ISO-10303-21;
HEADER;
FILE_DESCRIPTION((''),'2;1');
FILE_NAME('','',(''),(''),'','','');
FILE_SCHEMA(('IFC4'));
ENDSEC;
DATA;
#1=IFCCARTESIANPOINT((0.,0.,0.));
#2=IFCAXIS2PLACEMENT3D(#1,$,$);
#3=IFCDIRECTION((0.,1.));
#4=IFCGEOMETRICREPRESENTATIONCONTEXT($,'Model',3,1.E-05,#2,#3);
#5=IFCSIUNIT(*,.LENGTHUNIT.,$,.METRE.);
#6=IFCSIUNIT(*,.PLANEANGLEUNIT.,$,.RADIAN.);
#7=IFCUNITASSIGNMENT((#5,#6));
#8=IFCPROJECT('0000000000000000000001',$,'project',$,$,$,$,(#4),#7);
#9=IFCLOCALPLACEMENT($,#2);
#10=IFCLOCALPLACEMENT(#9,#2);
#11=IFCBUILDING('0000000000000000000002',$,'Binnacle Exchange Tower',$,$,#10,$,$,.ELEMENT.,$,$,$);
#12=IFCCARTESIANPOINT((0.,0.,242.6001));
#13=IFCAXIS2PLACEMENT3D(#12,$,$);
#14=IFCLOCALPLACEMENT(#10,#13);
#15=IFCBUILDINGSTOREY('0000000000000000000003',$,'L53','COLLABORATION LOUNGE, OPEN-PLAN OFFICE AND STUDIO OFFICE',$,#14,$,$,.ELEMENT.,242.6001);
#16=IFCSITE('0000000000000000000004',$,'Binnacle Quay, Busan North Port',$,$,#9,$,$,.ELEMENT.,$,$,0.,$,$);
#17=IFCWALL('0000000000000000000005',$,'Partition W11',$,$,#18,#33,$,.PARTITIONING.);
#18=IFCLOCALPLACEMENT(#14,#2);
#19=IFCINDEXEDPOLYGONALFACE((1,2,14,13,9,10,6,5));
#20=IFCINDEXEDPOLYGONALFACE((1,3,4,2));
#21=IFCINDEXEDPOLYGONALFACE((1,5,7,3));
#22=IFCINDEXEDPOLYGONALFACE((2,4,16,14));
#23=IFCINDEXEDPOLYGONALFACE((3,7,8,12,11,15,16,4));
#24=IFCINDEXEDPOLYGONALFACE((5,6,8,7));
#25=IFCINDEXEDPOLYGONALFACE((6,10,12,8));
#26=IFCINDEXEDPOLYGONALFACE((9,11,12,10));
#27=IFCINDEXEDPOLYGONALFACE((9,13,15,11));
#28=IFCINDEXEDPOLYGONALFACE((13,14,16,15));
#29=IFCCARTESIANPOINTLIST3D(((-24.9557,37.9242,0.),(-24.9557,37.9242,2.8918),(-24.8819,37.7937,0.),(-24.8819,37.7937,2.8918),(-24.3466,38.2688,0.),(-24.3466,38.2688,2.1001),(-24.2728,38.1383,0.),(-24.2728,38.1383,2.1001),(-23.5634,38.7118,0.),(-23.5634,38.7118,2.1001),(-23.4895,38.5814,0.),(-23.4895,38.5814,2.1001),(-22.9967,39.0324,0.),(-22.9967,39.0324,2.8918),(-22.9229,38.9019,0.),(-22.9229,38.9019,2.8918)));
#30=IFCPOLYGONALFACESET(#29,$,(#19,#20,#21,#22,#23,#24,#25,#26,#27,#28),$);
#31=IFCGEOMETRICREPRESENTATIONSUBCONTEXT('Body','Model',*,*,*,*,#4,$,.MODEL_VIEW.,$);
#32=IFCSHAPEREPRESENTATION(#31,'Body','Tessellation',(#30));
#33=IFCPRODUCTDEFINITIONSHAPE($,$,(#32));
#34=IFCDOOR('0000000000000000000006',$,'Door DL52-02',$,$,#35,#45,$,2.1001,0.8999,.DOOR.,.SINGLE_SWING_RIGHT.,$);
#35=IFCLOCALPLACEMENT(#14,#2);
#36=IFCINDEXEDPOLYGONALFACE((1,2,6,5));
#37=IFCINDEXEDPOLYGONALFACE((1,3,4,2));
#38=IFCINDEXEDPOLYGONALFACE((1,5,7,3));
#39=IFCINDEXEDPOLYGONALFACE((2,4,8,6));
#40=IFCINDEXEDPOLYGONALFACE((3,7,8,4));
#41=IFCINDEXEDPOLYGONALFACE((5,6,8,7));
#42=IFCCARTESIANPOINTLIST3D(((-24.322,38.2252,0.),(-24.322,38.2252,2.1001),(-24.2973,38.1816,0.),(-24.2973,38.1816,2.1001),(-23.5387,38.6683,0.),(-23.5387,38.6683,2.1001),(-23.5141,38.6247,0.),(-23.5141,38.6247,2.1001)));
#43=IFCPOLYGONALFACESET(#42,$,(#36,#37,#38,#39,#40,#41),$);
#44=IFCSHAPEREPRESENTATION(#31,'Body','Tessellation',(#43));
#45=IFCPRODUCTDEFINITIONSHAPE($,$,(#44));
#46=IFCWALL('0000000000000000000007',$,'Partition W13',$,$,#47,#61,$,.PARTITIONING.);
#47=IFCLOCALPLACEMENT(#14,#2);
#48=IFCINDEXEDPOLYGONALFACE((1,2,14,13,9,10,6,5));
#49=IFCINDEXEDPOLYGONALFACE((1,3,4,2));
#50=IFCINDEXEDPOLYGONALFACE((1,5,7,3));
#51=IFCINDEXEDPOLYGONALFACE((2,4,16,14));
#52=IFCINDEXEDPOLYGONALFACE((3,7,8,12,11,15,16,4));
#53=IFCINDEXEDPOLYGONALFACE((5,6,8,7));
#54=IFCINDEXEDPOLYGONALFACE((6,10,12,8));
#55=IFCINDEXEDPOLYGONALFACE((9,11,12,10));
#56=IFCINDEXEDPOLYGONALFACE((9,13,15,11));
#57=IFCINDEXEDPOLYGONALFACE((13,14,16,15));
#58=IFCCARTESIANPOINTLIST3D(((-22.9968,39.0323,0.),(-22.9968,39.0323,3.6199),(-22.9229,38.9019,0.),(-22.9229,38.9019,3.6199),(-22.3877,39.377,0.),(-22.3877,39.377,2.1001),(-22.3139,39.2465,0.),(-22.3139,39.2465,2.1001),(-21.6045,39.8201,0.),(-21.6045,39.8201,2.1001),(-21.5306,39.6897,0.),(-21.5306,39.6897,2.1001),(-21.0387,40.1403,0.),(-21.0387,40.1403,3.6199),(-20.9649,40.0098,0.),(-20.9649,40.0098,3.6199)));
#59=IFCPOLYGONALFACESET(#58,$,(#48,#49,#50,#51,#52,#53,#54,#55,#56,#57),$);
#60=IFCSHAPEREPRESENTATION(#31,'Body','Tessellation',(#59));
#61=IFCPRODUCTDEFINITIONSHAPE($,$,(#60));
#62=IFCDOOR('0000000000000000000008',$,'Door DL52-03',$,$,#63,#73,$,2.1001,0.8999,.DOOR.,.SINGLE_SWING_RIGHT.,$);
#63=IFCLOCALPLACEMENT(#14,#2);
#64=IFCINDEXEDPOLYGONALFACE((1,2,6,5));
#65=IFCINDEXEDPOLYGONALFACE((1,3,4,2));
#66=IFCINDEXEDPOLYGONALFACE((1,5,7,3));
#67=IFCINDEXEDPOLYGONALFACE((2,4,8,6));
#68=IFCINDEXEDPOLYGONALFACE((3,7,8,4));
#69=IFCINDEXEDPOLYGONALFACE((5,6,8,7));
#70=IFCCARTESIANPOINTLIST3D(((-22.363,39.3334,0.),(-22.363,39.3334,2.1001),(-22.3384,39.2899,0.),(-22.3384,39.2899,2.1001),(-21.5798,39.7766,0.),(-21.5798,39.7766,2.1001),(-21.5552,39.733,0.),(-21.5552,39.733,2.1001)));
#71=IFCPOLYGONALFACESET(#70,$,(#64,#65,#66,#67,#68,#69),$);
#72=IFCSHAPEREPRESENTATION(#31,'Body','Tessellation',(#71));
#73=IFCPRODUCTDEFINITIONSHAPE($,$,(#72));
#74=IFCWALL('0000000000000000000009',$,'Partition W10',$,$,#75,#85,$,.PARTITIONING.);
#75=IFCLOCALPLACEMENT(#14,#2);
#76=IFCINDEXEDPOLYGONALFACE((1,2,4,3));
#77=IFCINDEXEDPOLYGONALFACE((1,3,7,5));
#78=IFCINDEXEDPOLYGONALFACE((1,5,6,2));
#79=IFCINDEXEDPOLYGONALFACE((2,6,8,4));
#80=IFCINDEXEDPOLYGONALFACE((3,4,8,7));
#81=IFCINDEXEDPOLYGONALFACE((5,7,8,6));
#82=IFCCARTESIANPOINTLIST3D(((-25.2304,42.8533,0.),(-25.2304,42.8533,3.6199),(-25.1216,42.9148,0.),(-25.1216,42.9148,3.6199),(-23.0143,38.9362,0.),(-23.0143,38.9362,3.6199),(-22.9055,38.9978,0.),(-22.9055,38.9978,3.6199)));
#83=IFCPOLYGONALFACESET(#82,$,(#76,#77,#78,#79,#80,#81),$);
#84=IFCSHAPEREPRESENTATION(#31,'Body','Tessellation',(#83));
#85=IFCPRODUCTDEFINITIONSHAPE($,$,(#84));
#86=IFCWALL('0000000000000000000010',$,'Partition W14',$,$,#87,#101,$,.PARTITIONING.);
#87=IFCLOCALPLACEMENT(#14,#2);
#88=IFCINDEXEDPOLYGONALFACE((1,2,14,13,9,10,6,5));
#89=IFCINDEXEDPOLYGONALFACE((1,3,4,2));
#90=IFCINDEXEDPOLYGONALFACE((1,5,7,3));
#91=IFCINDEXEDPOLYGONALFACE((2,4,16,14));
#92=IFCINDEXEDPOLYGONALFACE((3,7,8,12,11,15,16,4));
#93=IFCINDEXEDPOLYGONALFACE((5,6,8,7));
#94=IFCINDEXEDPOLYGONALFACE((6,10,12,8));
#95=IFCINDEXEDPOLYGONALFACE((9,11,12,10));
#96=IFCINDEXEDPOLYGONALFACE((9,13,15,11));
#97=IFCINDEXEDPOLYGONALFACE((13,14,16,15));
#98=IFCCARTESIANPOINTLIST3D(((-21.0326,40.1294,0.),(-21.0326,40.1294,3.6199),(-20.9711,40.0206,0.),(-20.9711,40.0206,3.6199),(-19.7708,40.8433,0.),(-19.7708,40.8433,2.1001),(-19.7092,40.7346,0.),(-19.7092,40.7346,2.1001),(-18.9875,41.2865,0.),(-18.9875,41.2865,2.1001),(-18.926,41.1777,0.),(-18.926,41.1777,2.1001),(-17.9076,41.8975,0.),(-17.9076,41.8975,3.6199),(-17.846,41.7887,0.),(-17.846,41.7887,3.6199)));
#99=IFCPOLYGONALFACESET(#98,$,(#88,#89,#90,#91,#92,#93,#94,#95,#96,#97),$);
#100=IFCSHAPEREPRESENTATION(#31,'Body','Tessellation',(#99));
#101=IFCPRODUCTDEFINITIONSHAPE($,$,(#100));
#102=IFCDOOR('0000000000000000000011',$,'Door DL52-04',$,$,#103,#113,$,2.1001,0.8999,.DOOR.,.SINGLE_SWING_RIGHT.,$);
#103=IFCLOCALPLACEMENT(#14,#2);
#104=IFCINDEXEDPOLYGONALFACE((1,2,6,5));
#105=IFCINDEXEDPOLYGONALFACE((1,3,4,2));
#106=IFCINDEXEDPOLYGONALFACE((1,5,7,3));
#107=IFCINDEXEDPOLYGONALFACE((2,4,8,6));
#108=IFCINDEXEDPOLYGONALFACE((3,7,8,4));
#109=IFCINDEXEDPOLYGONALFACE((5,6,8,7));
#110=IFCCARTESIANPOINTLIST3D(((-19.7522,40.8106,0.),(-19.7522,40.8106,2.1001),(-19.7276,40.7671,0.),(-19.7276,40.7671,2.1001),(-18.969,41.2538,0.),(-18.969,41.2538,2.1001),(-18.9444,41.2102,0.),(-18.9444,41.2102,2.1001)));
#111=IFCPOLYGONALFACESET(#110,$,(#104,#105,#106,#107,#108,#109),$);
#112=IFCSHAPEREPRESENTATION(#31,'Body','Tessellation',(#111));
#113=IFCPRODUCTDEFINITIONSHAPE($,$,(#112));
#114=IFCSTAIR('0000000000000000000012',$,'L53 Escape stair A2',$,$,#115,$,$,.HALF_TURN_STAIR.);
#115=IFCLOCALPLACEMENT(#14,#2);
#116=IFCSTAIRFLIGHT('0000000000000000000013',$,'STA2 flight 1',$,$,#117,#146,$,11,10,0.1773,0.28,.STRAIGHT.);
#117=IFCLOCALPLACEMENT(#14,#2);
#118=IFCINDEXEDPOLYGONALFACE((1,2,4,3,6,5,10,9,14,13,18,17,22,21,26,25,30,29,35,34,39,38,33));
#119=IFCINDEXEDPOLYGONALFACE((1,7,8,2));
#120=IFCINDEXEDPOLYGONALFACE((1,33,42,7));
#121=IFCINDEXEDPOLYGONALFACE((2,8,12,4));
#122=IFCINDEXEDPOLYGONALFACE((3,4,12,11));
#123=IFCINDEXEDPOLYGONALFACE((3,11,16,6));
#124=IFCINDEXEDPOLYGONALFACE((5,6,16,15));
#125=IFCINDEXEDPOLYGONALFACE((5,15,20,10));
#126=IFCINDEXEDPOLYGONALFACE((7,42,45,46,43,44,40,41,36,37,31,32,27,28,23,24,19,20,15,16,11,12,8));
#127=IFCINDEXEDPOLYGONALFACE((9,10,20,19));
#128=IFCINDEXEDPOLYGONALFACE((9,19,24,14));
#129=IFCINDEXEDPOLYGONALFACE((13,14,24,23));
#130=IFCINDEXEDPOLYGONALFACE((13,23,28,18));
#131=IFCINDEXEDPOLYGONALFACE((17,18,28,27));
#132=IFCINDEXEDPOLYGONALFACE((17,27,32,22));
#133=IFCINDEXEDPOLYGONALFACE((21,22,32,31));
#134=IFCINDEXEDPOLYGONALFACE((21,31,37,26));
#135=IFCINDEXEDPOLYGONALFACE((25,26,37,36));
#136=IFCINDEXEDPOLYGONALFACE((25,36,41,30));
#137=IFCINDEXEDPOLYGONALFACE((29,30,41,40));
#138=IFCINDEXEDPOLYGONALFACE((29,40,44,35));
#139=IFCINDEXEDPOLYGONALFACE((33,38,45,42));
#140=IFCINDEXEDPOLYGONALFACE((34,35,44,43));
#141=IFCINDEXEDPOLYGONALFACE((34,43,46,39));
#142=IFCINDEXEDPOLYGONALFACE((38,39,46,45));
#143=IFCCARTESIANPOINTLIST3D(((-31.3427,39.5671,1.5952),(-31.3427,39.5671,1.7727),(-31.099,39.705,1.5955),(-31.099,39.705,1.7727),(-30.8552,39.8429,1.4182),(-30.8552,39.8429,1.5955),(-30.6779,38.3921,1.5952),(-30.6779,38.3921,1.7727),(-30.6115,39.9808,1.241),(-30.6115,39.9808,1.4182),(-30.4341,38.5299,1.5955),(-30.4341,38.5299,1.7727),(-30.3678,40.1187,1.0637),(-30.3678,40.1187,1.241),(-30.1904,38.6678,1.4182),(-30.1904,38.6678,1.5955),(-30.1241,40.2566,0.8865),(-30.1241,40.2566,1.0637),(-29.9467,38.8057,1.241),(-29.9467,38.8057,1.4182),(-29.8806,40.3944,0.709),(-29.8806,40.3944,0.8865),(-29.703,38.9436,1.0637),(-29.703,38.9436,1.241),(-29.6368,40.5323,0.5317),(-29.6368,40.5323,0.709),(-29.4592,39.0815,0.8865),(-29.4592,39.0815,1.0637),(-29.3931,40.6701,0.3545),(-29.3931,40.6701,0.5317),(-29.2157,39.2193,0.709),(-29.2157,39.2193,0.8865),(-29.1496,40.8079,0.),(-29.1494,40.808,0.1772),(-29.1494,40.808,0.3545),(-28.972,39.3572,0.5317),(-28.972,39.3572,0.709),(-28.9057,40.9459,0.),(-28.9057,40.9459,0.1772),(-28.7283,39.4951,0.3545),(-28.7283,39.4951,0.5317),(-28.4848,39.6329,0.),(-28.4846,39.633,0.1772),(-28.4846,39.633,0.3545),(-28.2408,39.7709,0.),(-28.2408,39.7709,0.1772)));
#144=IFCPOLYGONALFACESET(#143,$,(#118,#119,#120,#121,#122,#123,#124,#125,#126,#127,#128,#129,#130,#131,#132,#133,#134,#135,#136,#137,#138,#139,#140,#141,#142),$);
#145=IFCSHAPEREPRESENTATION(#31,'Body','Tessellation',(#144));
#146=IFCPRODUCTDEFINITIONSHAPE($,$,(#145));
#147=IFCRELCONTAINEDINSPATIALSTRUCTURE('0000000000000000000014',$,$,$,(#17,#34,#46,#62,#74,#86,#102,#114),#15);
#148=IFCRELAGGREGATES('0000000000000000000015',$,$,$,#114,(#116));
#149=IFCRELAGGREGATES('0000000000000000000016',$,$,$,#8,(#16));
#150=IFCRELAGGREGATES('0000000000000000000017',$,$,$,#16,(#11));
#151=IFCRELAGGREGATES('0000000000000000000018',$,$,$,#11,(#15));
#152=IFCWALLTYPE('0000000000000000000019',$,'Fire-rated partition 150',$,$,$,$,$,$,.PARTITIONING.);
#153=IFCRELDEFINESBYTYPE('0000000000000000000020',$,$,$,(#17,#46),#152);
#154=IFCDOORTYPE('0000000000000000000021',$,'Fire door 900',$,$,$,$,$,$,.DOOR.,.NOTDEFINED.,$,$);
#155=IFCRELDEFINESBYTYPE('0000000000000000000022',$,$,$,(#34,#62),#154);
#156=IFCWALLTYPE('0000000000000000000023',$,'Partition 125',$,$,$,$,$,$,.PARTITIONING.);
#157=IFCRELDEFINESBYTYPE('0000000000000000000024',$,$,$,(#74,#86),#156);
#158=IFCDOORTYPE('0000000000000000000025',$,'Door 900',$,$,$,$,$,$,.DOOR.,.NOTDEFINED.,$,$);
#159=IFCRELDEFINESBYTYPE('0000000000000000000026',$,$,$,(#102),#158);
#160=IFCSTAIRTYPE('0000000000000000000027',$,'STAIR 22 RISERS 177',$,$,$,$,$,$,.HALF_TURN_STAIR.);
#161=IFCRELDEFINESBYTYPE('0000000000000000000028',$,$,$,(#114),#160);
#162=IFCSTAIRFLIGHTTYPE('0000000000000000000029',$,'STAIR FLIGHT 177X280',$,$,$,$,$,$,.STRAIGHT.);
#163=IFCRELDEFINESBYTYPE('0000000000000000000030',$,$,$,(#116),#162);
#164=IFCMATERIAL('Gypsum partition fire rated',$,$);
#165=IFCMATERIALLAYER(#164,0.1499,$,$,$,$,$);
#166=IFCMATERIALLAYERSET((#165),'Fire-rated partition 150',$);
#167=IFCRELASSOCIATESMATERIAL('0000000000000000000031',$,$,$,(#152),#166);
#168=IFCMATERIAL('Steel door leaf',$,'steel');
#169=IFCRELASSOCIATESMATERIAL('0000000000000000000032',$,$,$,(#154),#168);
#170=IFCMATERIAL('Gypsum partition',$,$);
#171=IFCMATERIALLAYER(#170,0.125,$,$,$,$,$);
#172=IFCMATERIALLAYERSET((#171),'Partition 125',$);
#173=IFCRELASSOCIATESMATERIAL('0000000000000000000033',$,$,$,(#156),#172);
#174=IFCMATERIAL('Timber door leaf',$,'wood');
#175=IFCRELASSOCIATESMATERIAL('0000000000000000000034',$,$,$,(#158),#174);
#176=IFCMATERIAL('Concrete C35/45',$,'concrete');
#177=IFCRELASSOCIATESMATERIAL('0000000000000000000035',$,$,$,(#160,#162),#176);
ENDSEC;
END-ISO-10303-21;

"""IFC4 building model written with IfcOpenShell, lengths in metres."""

from ifc_helpers import new_model, si_unit, direction, frame, frame_2d, origin, place, context, subcontext, project, spatial, polyline, rectangle, outline, extrude, material, layer, layer_set, type_object, element, fill, aggregate, save


model = new_model("IFC4")

# Units and contexts
model_context = context("Model", 3, precision=1e-05, world=origin(), true_north=direction((0.0, 1.0)))
body_context = subcontext(model_context, "Body", "Model", "MODEL_VIEW")
ifc_project = project(units=[si_unit("LENGTHUNIT", "METRE"), si_unit("PLANEANGLEUNIT", "RADIAN")], contexts=[model_context])

# Site, building, storey
site_placement = place(None, origin())
site = spatial("IfcSite", under=ifc_project, at=site_placement, Name="Binnacle Quay, Busan North Port", CompositionType="ELEMENT", RefElevation=0.0)
building_placement = place(site_placement, origin())
building = spatial("IfcBuilding", under=site, at=building_placement, Name="Binnacle Exchange Tower", CompositionType="ELEMENT")
storey_placement = place(building_placement, frame((0.0, 0.0, 242.6001)))
storey = spatial("IfcBuildingStorey", under=building, at=storey_placement, Name="L53", Description="COLLABORATION LOUNGE, OPEN-PLAN OFFICE AND STUDIO OFFICE", CompositionType="ELEMENT", Elevation=242.6001)

# Shared definitions
ifc_material_1 = material(Name="Steel door leaf", Category="steel")

# Shared definitions
ifc_material_2 = material(Name="Gypsum partition fire rated")
ifc_layer_1 = layer(ifc_material_2, 0.1499)
ifc_layer_set_1 = layer_set([ifc_layer_1], Name="Fire-rated partition 150")
wall_type_1 = type_object("IfcWallType", Name="Fire-rated partition 150", PredefinedType="PARTITIONING", material=ifc_layer_set_1)

# Walls, openings, doors
wall_1_placement = place(storey_placement, frame((-24.9189, 37.8589, 0.0), z_axis=(0.0, 0.0, 1.0), x_axis=(0.870391, 0.492361, 0.0)))
wall_1 = element("IfcWall", 1, at=wall_1_placement, inside=storey, type_object=wall_type_1, Name="Partition W11", PredefinedType="PARTITIONING", context=body_context, shape_type="SweptSolid", body=[
    extrude(rectangle(XDim=2.2507, YDim=0.1499, at=frame_2d((1.1255, 0.0))), origin(), (0.0, 0.0, 1.0), 2.8918),
])
opening_1_placement = place(wall_1_placement, frame((0.7, 0.0, 0.0)))
opening_1 = element("IfcOpeningElement", 2, at=opening_1_placement, cuts=wall_1, PredefinedType="OPENING", context=body_context, shape_type="SweptSolid", body=[
    extrude(rectangle(XDim=0.8999, YDim=2.1001, at=frame_2d((0.45, 1.05))), frame((0.0, 0.085, 0.0), z_axis=(0.0, -1.0, 0.0), x_axis=(1.0, 0.0, 0.0)), (0.0, 0.0, 1.0), 0.1699),
])
door_type_1 = type_object("IfcDoorType", Name="Fire door 900", OperationType="NOTDEFINED", PredefinedType="DOOR", material=ifc_material_1)
door_1_placement = place(opening_1_placement, origin())
door_1 = element("IfcDoor", 3, at=door_1_placement, inside=storey, type_object=door_type_1, Name="Door DL52-02", OperationType="SINGLE_SWING_RIGHT", OverallHeight=2.1001, OverallWidth=0.8999, PredefinedType="DOOR", context=body_context, shape_type="SweptSolid", body=[
    extrude(rectangle(XDim=0.8999, YDim=2.1001, at=frame_2d((0.45, 1.05))), frame((0.0, 0.0249, 0.0), z_axis=(0.0, -1.0, 0.0), x_axis=(1.0, 0.0, 0.0)), (0.0, 0.0, 1.0), 0.05),
])
fill(opening_1, door_1)
wall_2_placement = place(storey_placement, frame((-22.96, 38.967, 0.0), z_axis=(0.0, 0.0, 1.0), x_axis=(0.870332, 0.492465, 0.0)))
wall_2 = element("IfcWall", 4, at=wall_2_placement, inside=storey, type_object=wall_type_1, Name="Partition W13", PredefinedType="PARTITIONING", context=body_context, shape_type="SweptSolid", body=[
    extrude(rectangle(XDim=2.2498, YDim=0.1499, at=frame_2d((1.125, 0.0))), origin(), (0.0, 0.0, 1.0), 3.6199),
])
opening_2_placement = place(wall_2_placement, frame((0.7, 0.0, 0.0)))
opening_2 = element("IfcOpeningElement", 5, at=opening_2_placement, cuts=wall_2, PredefinedType="OPENING", context=body_context, shape_type="SweptSolid", body=[
    extrude(rectangle(XDim=0.8999, YDim=2.1001, at=frame_2d((0.45, 1.05))), frame((0.0, 0.085, 0.0), z_axis=(0.0, -1.0, 0.0), x_axis=(1.0, 0.0, 0.0)), (0.0, 0.0, 1.0), 0.1699),
])
door_2_placement = place(opening_2_placement, origin())
door_2 = element("IfcDoor", 6, at=door_2_placement, inside=storey, type_object=door_type_1, Name="Door DL52-03", OperationType="SINGLE_SWING_RIGHT", OverallHeight=2.1001, OverallWidth=0.8999, PredefinedType="DOOR", context=body_context, shape_type="SweptSolid", body=[
    extrude(rectangle(XDim=0.8999, YDim=2.1001, at=frame_2d((0.45, 1.05))), frame((0.0, 0.0249, 0.0), z_axis=(0.0, -1.0, 0.0), x_axis=(1.0, 0.0, 0.0)), (0.0, 0.0, 1.0), 0.05),
])
fill(opening_2, door_2)

# Wall
ifc_material_3 = material(Name="Gypsum partition")
ifc_layer_2 = layer(ifc_material_3, 0.125)
ifc_layer_set_2 = layer_set([ifc_layer_2], Name="Partition 125")
wall_type_2 = type_object("IfcWallType", Name="Partition 125", PredefinedType="PARTITIONING", material=ifc_layer_set_2)
wall_3_placement = place(storey_placement, frame((-25.176, 42.884, 0.0), z_axis=(0.0, 0.0, 1.0), x_axis=(0.492413, -0.870362, 0.0)))
element("IfcWall", 7, at=wall_3_placement, inside=storey, type_object=wall_type_2, Name="Partition W10", PredefinedType="PARTITIONING", context=body_context, shape_type="SweptSolid", body=[
    extrude(rectangle(XDim=4.5005, YDim=0.125, at=frame_2d((2.2502, 0.0))), origin(), (0.0, 0.0, 1.0), 3.6199),
])

# Wall, opening, door
wall_4_placement = place(storey_placement, frame((-21.002, 40.075, 0.0), z_axis=(0.0, 0.0, 1.0), x_axis=(0.870353, 0.492429, 0.0)))
wall_4 = element("IfcWall", 8, at=wall_4_placement, inside=storey, type_object=wall_type_2, Name="Partition W14", PredefinedType="PARTITIONING", context=body_context, shape_type="SweptSolid", body=[
    extrude(rectangle(XDim=3.5906, YDim=0.125, at=frame_2d((1.7954, 0.0))), origin(), (0.0, 0.0, 1.0), 3.6199),
])
opening_3_placement = place(wall_4_placement, frame((1.45, 0.0, 0.0)))
opening_3 = element("IfcOpeningElement", 9, at=opening_3_placement, cuts=wall_4, PredefinedType="OPENING", context=body_context, shape_type="SweptSolid", body=[
    extrude(rectangle(XDim=0.8999, YDim=2.1001, at=frame_2d((0.45, 1.05))), frame((0.0, 0.0725, 0.0), z_axis=(0.0, -1.0, 0.0), x_axis=(1.0, 0.0, 0.0)), (0.0, 0.0, 1.0), 0.145),
])
ifc_material_4 = material(Name="Timber door leaf", Category="wood")
door_type_2 = type_object("IfcDoorType", Name="Door 900", OperationType="NOTDEFINED", PredefinedType="DOOR", material=ifc_material_4)
door_3_placement = place(opening_3_placement, origin())
door_3 = element("IfcDoor", 10, at=door_3_placement, inside=storey, type_object=door_type_2, Name="Door DL52-04", OperationType="SINGLE_SWING_RIGHT", OverallHeight=2.1001, OverallWidth=0.8999, PredefinedType="DOOR", context=body_context, shape_type="SweptSolid", body=[
    extrude(rectangle(XDim=0.8999, YDim=2.1001, at=frame_2d((0.45, 1.05))), frame((0.0, 0.0249, 0.0), z_axis=(0.0, -1.0, 0.0), x_axis=(1.0, 0.0, 0.0)), (0.0, 0.0, 1.0), 0.05),
])
fill(opening_3, door_3)

# Stair, stair flight
ifc_material_5 = material(Name="Concrete C35/45", Category="concrete")
stair_type = type_object("IfcStairType", Name="STAIR 22 RISERS 177", PredefinedType="HALF_TURN_STAIR", material=ifc_material_5)
stair_placement = place(storey_placement, origin())
stair = element("IfcStair", 11, at=stair_placement, inside=storey, type_object=stair_type, Name="L53 Escape stair A2", PredefinedType="HALF_TURN_STAIR")
stair_flight_type = type_object("IfcStairFlightType", Name="STAIR FLIGHT 177X280", PredefinedType="STRAIGHT", material=ifc_material_5)
stair_flight_1_placement = place(storey_placement, frame((-28.5732, 40.3584, 0.0), z_axis=(0.0, 0.0, 1.0), x_axis=(-0.870356, -0.492424, 0.0)))
stair_flight_1 = element("IfcStairFlight", 12, at=stair_flight_1_placement, type_object=stair_flight_type, Name="STA2 flight 1", NumberOfRisers=11, NumberOfTreads=10, PredefinedType="STRAIGHT", RiserHeight=0.1773, TreadLength=0.28, context=body_context, shape_type="SweptSolid", body=[
    extrude(outline(polyline([(0.0, 0.0), (0.0, 0.1772), (0.28, 0.1772), (0.28, 0.3545), (0.5601, 0.3545), (0.5601, 0.5317), (0.8401, 0.5317), (0.8401, 0.709), (1.1201, 0.709), (1.1201, 0.8865), (1.3999, 0.8865), (1.3999, 1.0637), (1.6799, 1.0637), (1.6799, 1.241), (1.96, 1.241), (1.96, 1.4182), (2.24, 1.4182), (2.24, 1.5955), (2.52, 1.5955), (2.52, 1.7727), (2.8, 1.7727), (2.8, 1.95), (2.8, 1.5952), (0.2803, 0.0), (0.0, 0.0)])), frame((0.0, 0.675, 0.0), z_axis=(0.0, -1.0, 0.0), x_axis=(1.0, 0.0, 0.0)), (0.0, 0.0, 1.0), 1.3501),
])
aggregate(stair, [stair_flight_1])

save(model, "model.ifc")
